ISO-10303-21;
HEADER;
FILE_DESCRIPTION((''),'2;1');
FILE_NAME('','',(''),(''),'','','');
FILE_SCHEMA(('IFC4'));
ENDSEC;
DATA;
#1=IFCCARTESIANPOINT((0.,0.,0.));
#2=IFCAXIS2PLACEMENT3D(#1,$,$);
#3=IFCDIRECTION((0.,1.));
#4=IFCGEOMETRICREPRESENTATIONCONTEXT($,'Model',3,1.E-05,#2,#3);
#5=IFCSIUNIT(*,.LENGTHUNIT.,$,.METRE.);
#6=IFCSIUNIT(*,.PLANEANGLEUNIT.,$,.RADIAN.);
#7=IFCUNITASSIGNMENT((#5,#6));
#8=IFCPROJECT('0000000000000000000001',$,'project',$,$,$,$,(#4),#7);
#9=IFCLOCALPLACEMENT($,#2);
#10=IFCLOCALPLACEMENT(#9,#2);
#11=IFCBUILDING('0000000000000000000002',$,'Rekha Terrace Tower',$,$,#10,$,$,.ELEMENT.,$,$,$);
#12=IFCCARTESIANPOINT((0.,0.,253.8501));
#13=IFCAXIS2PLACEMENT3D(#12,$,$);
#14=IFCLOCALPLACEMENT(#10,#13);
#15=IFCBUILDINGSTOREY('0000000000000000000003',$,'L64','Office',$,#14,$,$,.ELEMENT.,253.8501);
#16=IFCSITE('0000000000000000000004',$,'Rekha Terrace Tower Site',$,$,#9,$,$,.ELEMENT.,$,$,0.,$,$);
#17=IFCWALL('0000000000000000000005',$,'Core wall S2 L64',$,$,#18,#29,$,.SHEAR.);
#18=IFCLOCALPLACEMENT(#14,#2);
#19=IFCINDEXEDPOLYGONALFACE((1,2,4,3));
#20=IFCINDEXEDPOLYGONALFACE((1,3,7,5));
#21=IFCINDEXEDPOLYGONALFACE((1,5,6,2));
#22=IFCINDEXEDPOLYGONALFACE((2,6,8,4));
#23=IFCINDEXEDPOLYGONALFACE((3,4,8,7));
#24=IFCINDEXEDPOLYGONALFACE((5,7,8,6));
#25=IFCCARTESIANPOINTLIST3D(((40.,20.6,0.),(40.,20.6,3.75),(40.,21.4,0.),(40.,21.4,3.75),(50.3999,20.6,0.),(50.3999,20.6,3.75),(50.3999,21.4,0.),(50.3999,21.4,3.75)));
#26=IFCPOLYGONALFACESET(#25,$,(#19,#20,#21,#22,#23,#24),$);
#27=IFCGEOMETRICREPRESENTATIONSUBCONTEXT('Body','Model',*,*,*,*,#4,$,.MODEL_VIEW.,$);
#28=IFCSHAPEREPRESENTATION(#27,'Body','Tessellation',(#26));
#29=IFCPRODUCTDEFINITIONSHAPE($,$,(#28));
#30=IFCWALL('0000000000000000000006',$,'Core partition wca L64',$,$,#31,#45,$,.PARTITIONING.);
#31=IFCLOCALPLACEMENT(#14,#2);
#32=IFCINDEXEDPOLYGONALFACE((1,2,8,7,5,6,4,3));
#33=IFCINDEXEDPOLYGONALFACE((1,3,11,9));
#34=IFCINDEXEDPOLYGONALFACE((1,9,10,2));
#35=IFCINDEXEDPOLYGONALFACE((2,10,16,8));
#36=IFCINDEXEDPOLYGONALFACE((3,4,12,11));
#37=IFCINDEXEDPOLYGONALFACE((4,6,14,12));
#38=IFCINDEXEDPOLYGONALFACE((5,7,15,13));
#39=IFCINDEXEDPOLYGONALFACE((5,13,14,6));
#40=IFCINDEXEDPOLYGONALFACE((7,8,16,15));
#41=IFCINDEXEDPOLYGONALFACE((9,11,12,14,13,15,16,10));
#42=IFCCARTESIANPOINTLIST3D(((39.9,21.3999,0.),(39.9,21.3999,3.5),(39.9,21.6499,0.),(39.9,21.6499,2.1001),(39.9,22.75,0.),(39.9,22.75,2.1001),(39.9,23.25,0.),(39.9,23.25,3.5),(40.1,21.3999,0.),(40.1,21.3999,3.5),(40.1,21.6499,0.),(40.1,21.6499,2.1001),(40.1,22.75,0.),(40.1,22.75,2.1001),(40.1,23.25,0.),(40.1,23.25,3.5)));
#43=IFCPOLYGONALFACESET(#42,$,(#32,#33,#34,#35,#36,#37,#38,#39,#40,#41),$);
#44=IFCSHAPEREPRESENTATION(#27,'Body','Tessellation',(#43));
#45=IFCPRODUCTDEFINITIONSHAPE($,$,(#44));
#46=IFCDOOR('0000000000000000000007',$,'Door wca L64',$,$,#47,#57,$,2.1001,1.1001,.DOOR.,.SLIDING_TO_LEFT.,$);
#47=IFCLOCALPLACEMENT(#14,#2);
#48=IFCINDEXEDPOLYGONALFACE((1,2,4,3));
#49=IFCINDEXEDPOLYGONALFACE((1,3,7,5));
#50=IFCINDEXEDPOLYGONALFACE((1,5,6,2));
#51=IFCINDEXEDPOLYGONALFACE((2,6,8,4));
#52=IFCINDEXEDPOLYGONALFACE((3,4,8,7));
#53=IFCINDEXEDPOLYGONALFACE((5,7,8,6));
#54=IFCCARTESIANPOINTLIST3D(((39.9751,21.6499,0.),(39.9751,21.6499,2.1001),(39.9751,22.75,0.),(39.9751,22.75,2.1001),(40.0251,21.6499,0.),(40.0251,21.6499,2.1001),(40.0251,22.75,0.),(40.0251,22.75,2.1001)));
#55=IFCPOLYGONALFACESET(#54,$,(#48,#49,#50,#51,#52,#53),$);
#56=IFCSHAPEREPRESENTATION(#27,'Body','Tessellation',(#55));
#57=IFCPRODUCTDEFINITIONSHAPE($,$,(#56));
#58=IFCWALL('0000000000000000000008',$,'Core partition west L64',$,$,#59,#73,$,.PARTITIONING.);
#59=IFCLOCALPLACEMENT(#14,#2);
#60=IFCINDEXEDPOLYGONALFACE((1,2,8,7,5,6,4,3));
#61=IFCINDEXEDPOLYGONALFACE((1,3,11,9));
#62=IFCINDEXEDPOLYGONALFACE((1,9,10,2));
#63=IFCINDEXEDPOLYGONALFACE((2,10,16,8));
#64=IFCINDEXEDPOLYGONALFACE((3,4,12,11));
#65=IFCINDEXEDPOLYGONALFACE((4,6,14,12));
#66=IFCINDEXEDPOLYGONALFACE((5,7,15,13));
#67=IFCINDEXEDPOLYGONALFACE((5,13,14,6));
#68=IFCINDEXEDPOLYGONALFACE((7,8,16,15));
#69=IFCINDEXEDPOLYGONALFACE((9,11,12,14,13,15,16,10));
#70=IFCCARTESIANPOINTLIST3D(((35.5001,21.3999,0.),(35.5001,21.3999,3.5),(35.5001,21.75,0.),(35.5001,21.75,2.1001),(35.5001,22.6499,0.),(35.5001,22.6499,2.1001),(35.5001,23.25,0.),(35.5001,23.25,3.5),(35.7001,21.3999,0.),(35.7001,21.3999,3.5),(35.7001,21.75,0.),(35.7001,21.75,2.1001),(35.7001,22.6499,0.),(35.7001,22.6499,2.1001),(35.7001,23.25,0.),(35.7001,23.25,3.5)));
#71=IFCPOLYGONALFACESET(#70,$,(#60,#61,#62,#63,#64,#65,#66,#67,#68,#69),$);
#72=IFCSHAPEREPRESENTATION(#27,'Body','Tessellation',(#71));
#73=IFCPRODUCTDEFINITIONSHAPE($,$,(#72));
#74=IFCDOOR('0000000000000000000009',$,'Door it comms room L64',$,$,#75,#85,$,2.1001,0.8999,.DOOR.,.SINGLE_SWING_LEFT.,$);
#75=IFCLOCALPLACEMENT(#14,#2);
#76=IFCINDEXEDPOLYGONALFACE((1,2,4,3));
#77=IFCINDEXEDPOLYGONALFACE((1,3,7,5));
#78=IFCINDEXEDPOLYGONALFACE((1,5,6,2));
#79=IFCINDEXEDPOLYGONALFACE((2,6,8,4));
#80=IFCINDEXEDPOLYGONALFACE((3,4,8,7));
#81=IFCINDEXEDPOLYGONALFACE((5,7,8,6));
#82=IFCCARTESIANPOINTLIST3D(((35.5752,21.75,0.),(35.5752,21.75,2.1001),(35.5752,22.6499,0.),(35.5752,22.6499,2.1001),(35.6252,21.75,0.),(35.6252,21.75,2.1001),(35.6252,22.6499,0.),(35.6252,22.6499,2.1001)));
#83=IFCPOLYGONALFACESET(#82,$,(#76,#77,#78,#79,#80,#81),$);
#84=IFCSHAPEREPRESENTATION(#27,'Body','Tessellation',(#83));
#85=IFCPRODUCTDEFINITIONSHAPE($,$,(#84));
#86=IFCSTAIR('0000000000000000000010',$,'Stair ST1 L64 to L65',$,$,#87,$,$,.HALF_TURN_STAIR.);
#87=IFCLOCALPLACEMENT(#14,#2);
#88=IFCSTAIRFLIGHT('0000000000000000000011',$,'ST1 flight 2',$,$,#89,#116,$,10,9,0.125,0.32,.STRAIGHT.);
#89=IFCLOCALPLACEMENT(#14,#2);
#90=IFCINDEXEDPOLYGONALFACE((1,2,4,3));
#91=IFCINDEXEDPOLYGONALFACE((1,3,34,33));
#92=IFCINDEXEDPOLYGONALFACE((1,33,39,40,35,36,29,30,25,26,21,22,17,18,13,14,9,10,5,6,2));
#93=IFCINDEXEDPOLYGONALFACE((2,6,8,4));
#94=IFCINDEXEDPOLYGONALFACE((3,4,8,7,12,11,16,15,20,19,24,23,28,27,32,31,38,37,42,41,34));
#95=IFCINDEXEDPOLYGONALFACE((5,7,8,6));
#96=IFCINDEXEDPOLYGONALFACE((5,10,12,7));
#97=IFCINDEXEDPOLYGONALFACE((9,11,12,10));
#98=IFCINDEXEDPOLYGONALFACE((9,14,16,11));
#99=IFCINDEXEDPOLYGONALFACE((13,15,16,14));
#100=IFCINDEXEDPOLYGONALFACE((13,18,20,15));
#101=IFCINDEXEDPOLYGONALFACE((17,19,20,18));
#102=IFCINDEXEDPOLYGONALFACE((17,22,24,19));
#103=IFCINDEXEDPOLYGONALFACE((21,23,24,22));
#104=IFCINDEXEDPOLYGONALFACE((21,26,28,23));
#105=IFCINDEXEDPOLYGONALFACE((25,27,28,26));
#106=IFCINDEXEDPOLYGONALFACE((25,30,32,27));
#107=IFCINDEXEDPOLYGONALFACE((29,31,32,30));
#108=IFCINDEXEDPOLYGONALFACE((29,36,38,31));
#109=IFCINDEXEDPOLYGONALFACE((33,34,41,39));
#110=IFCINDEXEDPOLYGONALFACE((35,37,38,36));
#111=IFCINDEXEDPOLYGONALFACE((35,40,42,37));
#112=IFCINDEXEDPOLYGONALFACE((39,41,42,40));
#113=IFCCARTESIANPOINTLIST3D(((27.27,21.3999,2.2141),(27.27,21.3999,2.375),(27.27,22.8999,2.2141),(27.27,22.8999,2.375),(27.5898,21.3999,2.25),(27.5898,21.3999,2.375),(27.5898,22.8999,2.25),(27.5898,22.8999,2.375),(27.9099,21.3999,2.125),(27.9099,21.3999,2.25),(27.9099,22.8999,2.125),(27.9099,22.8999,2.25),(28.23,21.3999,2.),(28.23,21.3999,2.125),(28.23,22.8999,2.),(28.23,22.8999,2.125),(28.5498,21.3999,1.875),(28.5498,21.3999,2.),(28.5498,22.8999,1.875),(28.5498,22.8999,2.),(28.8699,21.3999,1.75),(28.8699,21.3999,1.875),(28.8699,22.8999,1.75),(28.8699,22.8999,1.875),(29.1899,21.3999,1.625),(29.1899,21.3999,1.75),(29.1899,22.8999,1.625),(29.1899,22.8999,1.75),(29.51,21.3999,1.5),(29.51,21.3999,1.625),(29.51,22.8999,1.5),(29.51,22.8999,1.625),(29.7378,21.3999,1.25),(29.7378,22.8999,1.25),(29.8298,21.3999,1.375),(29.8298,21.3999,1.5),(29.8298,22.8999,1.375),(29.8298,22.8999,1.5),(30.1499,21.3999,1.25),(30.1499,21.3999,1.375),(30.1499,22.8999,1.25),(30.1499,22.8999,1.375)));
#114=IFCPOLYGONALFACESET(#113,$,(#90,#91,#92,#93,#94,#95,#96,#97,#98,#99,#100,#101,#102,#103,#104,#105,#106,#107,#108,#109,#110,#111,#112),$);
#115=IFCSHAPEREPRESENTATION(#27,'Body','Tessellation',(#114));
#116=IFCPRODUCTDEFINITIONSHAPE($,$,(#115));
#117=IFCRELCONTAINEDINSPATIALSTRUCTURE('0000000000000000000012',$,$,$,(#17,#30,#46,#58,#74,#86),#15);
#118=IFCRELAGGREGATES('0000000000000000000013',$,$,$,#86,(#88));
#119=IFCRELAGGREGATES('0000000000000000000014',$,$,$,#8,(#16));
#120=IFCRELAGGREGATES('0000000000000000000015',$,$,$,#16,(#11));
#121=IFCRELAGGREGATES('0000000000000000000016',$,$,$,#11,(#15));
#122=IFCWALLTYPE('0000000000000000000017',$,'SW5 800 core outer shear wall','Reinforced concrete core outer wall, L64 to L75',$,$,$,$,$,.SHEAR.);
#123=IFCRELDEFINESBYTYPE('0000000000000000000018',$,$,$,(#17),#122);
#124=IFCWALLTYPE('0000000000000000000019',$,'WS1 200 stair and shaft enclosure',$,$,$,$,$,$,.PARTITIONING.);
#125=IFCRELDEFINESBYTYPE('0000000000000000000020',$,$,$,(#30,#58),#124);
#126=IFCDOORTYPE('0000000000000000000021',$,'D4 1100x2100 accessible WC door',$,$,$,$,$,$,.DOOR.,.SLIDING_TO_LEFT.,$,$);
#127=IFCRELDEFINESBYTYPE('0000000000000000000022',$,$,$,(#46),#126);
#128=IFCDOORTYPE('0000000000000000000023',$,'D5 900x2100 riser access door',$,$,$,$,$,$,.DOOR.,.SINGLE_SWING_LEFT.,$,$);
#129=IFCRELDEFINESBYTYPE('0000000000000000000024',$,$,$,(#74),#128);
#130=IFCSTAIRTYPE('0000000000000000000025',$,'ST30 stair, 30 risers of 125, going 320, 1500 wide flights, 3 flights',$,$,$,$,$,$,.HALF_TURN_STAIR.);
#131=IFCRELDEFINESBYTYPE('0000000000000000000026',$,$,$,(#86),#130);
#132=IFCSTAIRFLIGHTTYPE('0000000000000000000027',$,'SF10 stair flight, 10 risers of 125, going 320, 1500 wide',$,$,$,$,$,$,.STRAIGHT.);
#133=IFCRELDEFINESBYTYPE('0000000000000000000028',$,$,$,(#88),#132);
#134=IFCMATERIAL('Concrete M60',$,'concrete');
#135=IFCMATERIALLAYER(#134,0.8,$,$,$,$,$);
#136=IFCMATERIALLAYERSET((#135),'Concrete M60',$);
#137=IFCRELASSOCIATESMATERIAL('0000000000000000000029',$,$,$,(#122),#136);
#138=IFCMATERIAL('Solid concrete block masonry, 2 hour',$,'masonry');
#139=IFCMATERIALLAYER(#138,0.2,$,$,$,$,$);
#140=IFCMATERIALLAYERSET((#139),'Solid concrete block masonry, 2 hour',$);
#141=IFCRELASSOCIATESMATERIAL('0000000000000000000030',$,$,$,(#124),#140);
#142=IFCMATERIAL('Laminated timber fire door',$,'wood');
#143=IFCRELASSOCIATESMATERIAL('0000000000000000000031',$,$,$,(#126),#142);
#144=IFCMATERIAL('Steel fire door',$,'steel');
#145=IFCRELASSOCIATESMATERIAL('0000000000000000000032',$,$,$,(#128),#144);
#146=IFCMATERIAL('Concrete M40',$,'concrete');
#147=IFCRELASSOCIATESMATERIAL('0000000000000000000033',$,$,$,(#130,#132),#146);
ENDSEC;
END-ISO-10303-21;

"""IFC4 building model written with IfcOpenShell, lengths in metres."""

from ifc_helpers import new_model, si_unit, direction, frame, frame_2d, origin, place, context, subcontext, project, spatial, polyline, rectangle, outline, extrude, material, layer, layer_set, type_object, element, fill, aggregate, save


model = new_model("IFC4")

# Units and contexts
model_context = context("Model", 3, precision=1e-05, world=origin(), true_north=direction((0.0, 1.0)))
body_context = subcontext(model_context, "Body", "Model", "MODEL_VIEW")
ifc_project = project(units=[si_unit("LENGTHUNIT", "METRE"), si_unit("PLANEANGLEUNIT", "RADIAN")], contexts=[model_context])

# Site, building, storey
site_placement = place(None, origin())
site = spatial("IfcSite", under=ifc_project, at=site_placement, Name="Rekha Terrace Tower Site", CompositionType="ELEMENT", RefElevation=0.0)
building_placement = place(site_placement, origin())
building = spatial("IfcBuilding", under=site, at=building_placement, Name="Rekha Terrace Tower", CompositionType="ELEMENT")
storey_placement = place(building_placement, frame((0.0, 0.0, 253.8501)))
storey = spatial("IfcBuildingStorey", under=building, at=storey_placement, Name="L64", Description="Office", CompositionType="ELEMENT", Elevation=253.8501)

# Shared definitions
ifc_material_1 = material(Name="Concrete M60", Category="concrete")

# Wall
ifc_layer_1 = layer(ifc_material_1, 0.8)
ifc_layer_set_1 = layer_set([ifc_layer_1], Name="Concrete M60")
wall_type_1 = type_object("IfcWallType", Name="SW5 800 core outer shear wall", Description="Reinforced concrete core outer wall, L64 to L75", PredefinedType="SHEAR", material=ifc_layer_set_1)
wall_1_placement = place(storey_placement, frame((40.0, 21.0, 0.0), z_axis=(0.0, 0.0, 1.0), x_axis=(1.0, 0.0, 0.0)))
element("IfcWall", 1, at=wall_1_placement, inside=storey, type_object=wall_type_1, Name="Core wall S2 L64", PredefinedType="SHEAR", context=body_context, shape_type="SweptSolid", body=[
    extrude(rectangle(XDim=10.3999, YDim=0.8, at=frame_2d((5.2, 0.0))), origin(), (0.0, 0.0, 1.0), 3.75),
])

# Walls, openings, doors
ifc_material_2 = material(Name="Solid concrete block masonry, 2 hour", Category="masonry")
ifc_layer_2 = layer(ifc_material_2, 0.2)
ifc_layer_set_2 = layer_set([ifc_layer_2], Name="Solid concrete block masonry, 2 hour")
wall_type_2 = type_object("IfcWallType", Name="WS1 200 stair and shaft enclosure", PredefinedType="PARTITIONING", material=ifc_layer_set_2)
wall_2_placement = place(storey_placement, frame((40.0, 21.3999, 0.0), z_axis=(0.0, 0.0, 1.0), x_axis=(0.0, 1.0, 0.0)))
wall_2 = element("IfcWall", 2, at=wall_2_placement, inside=storey, type_object=wall_type_2, Name="Core partition wca L64", PredefinedType="PARTITIONING", context=body_context, shape_type="SweptSolid", body=[
    extrude(rectangle(XDim=1.8501, YDim=0.2, at=frame_2d((0.925, 0.0))), origin(), (0.0, 0.0, 1.0), 3.5),
])
opening_1_placement = place(wall_2_placement, frame((0.25, 0.0, 0.0)))
opening_1 = element("IfcOpeningElement", 3, at=opening_1_placement, cuts=wall_2, PredefinedType="OPENING", context=body_context, shape_type="SweptSolid", body=[
    extrude(rectangle(XDim=1.1001, YDim=2.1001, at=frame_2d((0.55, 1.05))), frame((0.0, 0.1099, 0.0), z_axis=(0.0, -1.0, 0.0), x_axis=(1.0, 0.0, 0.0)), (0.0, 0.0, 1.0), 0.22),
])
ifc_material_3 = material(Name="Laminated timber fire door", Category="wood")
door_type_1 = type_object("IfcDoorType", Name="D4 1100x2100 accessible WC door", OperationType="SLIDING_TO_LEFT", PredefinedType="DOOR", material=ifc_material_3)
door_1_placement = place(opening_1_placement, origin())
door_1 = element("IfcDoor", 4, at=door_1_placement, inside=storey, type_object=door_type_1, Name="Door wca L64", OperationType="SLIDING_TO_LEFT", OverallHeight=2.1001, OverallWidth=1.1001, PredefinedType="DOOR", context=body_context, shape_type="SweptSolid", body=[
    extrude(rectangle(XDim=1.1001, YDim=2.1001, at=frame_2d((0.55, 1.05))), frame((0.0, 0.0249, 0.0), z_axis=(0.0, -1.0, 0.0), x_axis=(1.0, 0.0, 0.0)), (0.0, 0.0, 1.0), 0.05),
])
fill(opening_1, door_1)
wall_3_placement = place(storey_placement, frame((35.6001, 21.3999, 0.0), z_axis=(0.0, 0.0, 1.0), x_axis=(0.0, 1.0, 0.0)))
wall_3 = element("IfcWall", 5, at=wall_3_placement, inside=storey, type_object=wall_type_2, Name="Core partition west L64", PredefinedType="PARTITIONING", context=body_context, shape_type="SweptSolid", body=[
    extrude(rectangle(XDim=1.8501, YDim=0.2, at=frame_2d((0.925, 0.0))), origin(), (0.0, 0.0, 1.0), 3.5),
])
opening_2_placement = place(wall_3_placement, frame((0.3501, 0.0, 0.0)))
opening_2 = element("IfcOpeningElement", 6, at=opening_2_placement, cuts=wall_3, PredefinedType="OPENING", context=body_context, shape_type="SweptSolid", body=[
    extrude(rectangle(XDim=0.8999, YDim=2.1001, at=frame_2d((0.45, 1.05))), frame((0.0, 0.1099, 0.0), z_axis=(0.0, -1.0, 0.0), x_axis=(1.0, 0.0, 0.0)), (0.0, 0.0, 1.0), 0.22),
])
ifc_material_4 = material(Name="Steel fire door", Category="steel")
door_type_2 = type_object("IfcDoorType", Name="D5 900x2100 riser access door", OperationType="SINGLE_SWING_LEFT", PredefinedType="DOOR", material=ifc_material_4)
door_2_placement = place(opening_2_placement, origin())
door_2 = element("IfcDoor", 7, at=door_2_placement, inside=storey, type_object=door_type_2, Name="Door it comms room L64", OperationType="SINGLE_SWING_LEFT", OverallHeight=2.1001, OverallWidth=0.8999, PredefinedType="DOOR", context=body_context, shape_type="SweptSolid", body=[
    extrude(rectangle(XDim=0.8999, YDim=2.1001, at=frame_2d((0.45, 1.05))), frame((0.0, 0.0249, 0.0), z_axis=(0.0, -1.0, 0.0), x_axis=(1.0, 0.0, 0.0)), (0.0, 0.0, 1.0), 0.05),
])
fill(opening_2, door_2)

# Stair, stair flight
ifc_material_5 = material(Name="Concrete M40", Category="concrete")
stair_type = type_object("IfcStairType", Name="ST30 stair, 30 risers of 125, going 320, 1500 wide flights, 3 flights", PredefinedType="HALF_TURN_STAIR", material=ifc_material_5)
stair_placement = place(storey_placement, origin())
stair = element("IfcStair", 8, at=stair_placement, inside=storey, type_object=stair_type, Name="Stair ST1 L64 to L65", PredefinedType="HALF_TURN_STAIR")
stair_flight_type = type_object("IfcStairFlightType", Name="SF10 stair flight, 10 risers of 125, going 320, 1500 wide", PredefinedType="STRAIGHT", material=ifc_material_5)
stair_flight_placement = place(storey_placement, frame((30.1499, 22.1499, 1.25), z_axis=(0.0, 0.0, 1.0), x_axis=(-1.0, 0.0, 0.0)))
stair_flight = element("IfcStairFlight", 9, at=stair_flight_placement, type_object=stair_flight_type, Name="ST1 flight 2", NumberOfRisers=10, NumberOfTreads=9, PredefinedType="STRAIGHT", RiserHeight=0.125, TreadLength=0.32, context=body_context, shape_type="SweptSolid", body=[
    extrude(outline(polyline([(0.0, 0.0), (0.0, 0.125), (0.3201, 0.125), (0.3201, 0.25), (0.6399, 0.25), (0.6399, 0.375), (0.96, 0.375), (0.96, 0.5), (1.28, 0.5), (1.28, 0.625), (1.6001, 0.625), (1.6001, 0.75), (1.9199, 0.75), (1.9199, 0.875), (2.24, 0.875), (2.24, 1.0), (2.5601, 1.0), (2.5601, 1.125), (2.8799, 1.125), (2.8799, 1.25), (2.8799, 0.9641), (0.4121, 0.0), (0.0, 0.0)])), frame((0.0, 0.75, 0.0), z_axis=(0.0, -1.0, 0.0), x_axis=(1.0, 0.0, 0.0)), (0.0, 0.0, 1.0), 1.5),
])
aggregate(stair, [stair_flight])

save(model, "model.ifc")
